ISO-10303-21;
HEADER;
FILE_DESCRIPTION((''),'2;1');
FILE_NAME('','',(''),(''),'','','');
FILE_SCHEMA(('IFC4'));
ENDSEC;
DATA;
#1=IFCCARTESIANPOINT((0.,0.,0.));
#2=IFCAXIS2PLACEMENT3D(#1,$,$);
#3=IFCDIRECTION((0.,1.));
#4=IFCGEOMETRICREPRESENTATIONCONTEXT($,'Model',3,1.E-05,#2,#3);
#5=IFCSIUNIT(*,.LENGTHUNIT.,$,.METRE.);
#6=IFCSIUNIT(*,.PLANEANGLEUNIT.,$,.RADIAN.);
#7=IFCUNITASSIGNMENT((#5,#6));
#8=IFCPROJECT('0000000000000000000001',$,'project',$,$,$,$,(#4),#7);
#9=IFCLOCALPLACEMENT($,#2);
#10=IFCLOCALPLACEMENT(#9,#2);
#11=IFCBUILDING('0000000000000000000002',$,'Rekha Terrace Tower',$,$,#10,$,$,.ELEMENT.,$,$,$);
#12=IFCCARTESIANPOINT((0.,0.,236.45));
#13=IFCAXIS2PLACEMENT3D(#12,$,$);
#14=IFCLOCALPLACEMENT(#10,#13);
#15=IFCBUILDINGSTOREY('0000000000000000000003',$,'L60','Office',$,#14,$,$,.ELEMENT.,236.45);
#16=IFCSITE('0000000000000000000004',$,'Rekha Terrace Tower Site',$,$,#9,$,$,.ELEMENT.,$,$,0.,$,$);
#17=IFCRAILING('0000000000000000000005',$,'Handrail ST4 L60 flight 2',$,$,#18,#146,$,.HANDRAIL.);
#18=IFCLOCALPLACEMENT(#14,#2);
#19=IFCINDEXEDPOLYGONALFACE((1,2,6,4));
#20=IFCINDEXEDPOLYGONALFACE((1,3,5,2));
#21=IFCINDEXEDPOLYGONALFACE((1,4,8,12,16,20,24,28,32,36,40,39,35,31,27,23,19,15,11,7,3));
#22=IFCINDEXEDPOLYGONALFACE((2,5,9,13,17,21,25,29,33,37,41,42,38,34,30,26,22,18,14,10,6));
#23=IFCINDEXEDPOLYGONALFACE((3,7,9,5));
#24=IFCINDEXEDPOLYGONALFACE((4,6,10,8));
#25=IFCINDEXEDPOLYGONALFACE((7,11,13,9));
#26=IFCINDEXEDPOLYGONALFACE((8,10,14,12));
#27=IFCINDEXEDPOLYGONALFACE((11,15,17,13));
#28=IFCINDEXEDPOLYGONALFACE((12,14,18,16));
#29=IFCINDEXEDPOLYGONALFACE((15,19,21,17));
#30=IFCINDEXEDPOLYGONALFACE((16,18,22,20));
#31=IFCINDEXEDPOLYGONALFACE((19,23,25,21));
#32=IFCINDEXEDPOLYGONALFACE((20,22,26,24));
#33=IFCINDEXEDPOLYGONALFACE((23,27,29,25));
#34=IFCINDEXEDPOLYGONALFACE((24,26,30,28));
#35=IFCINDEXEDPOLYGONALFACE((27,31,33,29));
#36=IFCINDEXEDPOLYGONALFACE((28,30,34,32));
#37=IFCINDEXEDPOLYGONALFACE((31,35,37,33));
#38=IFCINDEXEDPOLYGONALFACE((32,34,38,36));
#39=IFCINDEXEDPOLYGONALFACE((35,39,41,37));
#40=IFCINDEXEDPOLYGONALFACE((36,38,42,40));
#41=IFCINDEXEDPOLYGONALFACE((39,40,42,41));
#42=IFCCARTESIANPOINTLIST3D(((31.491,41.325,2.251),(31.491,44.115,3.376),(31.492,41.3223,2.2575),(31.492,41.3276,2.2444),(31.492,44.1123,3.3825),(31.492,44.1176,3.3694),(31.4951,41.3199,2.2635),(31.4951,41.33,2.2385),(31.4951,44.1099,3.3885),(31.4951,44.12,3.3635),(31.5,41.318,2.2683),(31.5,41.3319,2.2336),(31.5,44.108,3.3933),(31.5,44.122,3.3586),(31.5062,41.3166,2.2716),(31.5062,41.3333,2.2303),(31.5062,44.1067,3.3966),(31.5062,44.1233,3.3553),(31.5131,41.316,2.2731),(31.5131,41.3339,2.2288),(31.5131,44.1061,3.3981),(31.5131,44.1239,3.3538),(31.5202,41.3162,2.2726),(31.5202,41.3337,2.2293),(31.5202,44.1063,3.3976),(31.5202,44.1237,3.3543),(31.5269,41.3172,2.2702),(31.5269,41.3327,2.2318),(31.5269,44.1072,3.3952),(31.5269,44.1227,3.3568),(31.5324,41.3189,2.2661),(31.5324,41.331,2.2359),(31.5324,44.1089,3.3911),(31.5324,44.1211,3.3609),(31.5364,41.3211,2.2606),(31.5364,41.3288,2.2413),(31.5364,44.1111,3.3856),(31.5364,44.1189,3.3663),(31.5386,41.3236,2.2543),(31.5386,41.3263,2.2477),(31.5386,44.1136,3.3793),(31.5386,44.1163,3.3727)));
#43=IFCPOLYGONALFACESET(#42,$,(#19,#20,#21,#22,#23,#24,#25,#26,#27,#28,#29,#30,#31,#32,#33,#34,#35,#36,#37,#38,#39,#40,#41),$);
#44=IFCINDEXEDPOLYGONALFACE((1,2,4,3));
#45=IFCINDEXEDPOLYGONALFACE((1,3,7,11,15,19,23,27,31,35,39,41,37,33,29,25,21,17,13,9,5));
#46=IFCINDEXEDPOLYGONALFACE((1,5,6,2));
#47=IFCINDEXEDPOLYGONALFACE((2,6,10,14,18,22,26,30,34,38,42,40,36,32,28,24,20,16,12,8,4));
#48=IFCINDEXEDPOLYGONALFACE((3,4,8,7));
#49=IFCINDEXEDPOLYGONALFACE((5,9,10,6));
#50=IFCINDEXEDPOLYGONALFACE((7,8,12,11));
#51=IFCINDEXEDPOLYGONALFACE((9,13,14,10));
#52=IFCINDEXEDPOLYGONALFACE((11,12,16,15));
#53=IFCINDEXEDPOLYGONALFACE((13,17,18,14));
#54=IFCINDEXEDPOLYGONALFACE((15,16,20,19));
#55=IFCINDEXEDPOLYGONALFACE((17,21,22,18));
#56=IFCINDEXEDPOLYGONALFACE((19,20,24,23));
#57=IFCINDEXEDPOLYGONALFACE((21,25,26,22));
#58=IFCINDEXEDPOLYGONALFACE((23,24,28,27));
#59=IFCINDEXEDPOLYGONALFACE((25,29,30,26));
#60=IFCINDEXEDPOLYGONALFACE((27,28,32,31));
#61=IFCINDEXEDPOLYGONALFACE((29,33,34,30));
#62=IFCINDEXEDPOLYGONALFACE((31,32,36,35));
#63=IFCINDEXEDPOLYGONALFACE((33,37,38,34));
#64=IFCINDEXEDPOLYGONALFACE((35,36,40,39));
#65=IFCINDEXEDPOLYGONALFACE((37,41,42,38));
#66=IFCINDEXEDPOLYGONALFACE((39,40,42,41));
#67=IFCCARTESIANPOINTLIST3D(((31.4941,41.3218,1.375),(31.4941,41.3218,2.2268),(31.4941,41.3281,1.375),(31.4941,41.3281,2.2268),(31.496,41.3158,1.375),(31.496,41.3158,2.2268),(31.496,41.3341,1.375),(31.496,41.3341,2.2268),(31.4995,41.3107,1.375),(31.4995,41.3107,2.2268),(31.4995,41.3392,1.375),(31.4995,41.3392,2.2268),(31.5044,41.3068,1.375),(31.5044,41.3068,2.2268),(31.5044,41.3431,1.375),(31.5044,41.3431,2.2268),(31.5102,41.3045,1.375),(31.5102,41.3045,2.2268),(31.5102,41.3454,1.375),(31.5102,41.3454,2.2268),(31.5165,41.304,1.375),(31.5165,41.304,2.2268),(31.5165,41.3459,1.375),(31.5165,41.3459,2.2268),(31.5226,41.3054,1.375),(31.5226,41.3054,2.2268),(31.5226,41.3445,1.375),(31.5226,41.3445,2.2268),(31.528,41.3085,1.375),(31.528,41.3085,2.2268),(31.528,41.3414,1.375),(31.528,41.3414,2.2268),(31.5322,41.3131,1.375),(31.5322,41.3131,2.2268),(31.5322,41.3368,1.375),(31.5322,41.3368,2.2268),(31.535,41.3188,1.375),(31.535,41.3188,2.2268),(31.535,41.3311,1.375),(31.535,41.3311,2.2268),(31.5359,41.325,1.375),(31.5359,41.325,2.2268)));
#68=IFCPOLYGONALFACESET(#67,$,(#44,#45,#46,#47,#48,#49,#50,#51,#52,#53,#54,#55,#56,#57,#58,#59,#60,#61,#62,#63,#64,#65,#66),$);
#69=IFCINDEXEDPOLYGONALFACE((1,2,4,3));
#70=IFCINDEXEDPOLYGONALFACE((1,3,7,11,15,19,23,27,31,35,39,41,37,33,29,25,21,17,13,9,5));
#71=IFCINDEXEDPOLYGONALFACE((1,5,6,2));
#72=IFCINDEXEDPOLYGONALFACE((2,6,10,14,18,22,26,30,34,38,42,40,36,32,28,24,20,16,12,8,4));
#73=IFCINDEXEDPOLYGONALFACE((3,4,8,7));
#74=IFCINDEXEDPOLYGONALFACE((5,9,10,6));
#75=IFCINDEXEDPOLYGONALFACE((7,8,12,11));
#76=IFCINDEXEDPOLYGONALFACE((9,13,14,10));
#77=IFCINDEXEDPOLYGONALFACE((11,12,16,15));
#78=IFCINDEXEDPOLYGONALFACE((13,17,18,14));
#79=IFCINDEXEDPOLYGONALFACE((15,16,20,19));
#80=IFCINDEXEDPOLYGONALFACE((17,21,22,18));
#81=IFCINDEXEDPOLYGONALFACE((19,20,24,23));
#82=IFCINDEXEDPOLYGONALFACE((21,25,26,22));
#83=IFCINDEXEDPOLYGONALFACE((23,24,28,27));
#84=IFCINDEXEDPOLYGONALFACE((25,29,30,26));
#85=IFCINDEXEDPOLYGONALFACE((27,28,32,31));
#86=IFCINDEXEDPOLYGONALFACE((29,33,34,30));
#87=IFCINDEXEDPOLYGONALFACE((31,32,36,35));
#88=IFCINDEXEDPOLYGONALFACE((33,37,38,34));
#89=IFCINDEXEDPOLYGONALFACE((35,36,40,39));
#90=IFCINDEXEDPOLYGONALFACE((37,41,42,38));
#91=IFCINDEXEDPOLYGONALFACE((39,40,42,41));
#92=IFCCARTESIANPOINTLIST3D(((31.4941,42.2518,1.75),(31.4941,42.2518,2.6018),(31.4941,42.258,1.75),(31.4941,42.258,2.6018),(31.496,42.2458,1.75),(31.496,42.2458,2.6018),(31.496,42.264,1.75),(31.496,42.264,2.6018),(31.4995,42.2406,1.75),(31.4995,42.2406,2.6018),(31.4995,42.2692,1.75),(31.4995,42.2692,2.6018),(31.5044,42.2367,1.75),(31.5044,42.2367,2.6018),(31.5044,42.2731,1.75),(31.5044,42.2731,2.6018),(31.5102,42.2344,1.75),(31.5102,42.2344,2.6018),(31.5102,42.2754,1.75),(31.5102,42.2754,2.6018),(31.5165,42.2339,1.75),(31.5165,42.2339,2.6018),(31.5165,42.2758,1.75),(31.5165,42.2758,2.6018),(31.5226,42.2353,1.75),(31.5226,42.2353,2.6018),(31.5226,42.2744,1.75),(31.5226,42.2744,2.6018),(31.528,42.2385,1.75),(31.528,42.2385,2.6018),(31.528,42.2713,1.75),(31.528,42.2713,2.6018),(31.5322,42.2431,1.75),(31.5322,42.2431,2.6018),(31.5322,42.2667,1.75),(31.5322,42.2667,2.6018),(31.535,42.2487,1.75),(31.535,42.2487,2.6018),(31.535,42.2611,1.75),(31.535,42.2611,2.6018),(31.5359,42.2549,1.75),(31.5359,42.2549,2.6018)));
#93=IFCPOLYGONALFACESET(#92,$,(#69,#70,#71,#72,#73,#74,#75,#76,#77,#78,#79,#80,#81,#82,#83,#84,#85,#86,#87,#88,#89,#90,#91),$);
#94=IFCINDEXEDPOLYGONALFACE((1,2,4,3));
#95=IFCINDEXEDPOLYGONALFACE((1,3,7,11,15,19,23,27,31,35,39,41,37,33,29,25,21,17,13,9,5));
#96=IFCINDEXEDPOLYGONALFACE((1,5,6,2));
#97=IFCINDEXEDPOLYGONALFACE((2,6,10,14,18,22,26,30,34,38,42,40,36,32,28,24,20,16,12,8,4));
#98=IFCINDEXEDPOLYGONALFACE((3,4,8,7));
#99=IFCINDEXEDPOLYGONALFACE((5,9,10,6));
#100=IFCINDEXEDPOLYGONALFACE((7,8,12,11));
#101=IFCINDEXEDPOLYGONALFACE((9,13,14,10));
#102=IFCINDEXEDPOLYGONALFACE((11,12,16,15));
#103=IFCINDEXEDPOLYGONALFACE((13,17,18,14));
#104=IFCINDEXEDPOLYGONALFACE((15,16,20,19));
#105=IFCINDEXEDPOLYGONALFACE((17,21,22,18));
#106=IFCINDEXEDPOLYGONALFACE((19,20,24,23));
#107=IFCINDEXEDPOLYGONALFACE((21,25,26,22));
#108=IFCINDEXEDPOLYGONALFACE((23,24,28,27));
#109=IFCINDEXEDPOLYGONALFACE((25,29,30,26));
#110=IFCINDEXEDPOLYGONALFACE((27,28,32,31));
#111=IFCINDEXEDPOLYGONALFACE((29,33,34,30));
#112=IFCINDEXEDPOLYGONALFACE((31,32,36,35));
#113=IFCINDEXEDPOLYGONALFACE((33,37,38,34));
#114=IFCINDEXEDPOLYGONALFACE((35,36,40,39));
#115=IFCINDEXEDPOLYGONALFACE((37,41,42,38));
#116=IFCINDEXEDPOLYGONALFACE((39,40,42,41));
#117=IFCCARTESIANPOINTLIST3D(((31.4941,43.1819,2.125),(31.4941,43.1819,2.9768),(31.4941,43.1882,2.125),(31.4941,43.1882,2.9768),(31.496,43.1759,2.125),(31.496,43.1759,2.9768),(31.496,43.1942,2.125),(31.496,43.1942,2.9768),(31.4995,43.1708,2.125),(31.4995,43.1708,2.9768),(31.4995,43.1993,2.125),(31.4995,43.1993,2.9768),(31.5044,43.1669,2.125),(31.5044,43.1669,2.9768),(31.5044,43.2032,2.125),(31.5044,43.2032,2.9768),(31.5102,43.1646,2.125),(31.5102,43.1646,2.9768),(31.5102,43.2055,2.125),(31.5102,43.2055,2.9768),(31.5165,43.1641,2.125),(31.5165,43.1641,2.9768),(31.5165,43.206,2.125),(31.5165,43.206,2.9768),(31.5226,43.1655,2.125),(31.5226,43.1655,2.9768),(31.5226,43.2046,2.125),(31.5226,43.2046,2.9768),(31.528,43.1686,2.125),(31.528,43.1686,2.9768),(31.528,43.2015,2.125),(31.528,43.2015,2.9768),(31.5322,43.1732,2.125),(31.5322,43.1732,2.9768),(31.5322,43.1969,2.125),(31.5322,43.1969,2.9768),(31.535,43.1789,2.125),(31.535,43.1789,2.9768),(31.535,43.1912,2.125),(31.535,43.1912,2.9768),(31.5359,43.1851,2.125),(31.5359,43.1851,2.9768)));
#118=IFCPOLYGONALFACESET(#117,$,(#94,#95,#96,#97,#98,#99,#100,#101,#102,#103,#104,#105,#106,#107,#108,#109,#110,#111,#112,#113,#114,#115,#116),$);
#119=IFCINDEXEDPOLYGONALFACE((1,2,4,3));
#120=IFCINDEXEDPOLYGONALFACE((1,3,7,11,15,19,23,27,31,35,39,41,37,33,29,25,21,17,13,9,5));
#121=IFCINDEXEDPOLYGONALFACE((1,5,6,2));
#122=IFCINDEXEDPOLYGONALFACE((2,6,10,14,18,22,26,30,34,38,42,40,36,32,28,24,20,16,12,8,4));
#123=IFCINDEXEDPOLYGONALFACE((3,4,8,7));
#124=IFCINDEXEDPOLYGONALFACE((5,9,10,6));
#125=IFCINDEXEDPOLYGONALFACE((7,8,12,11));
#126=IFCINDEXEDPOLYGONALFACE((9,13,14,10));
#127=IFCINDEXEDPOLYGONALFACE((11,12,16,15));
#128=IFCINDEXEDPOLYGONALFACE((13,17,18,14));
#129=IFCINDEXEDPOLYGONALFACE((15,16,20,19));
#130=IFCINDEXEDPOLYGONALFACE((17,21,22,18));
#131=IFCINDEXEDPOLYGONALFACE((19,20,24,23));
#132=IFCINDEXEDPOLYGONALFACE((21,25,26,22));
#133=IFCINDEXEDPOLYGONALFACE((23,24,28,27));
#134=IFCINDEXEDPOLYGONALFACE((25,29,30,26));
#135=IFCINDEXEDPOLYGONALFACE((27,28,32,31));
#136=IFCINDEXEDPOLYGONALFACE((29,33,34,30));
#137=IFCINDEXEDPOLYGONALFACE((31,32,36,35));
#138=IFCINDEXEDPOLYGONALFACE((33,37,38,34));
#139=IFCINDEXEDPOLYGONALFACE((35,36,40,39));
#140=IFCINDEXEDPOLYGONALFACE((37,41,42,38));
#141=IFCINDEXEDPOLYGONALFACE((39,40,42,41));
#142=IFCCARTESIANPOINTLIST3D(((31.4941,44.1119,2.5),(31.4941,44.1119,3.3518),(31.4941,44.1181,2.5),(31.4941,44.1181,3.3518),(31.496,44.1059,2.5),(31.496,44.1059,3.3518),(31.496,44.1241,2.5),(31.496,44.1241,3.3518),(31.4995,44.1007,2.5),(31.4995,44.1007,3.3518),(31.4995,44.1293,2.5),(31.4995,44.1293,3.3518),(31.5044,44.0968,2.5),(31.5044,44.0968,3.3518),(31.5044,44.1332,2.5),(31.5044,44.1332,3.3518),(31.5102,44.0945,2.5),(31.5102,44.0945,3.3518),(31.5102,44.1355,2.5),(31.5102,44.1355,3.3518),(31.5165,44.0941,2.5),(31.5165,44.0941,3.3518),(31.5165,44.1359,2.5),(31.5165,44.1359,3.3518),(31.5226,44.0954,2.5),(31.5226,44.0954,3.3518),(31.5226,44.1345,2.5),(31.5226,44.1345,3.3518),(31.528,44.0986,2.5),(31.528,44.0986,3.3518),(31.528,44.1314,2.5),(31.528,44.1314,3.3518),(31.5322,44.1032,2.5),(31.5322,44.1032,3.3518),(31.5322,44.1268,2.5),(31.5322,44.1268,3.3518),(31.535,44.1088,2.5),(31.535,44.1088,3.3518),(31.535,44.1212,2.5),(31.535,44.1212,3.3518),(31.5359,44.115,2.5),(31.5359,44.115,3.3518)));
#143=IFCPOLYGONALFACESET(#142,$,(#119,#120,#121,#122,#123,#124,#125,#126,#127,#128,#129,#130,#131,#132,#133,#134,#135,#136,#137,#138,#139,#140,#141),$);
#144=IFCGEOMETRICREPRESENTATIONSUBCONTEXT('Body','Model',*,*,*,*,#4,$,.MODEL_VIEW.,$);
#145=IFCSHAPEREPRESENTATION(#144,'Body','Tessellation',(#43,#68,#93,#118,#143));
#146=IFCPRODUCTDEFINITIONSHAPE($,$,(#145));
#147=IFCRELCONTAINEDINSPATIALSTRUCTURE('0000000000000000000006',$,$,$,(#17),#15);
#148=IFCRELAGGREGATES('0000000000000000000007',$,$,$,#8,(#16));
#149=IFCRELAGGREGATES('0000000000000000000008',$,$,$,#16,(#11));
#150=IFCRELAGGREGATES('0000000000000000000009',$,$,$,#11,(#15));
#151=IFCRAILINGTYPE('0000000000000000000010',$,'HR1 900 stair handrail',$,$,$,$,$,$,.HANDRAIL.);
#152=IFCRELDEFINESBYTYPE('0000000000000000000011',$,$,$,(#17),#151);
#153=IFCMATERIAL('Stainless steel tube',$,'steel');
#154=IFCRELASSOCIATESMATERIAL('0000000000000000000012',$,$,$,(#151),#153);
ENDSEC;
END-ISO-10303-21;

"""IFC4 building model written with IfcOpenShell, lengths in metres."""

from ifc_helpers import new_model, si_unit, direction, frame, origin, origin_2d, place, context, subcontext, project, spatial, circle, extrude, material, type_object, element, save


model = new_model("IFC4")

# Units and contexts
model_context = context("Model", 3, precision=1e-05, world=origin(), true_north=direction((0.0, 1.0)))
body_context = subcontext(model_context, "Body", "Model", "MODEL_VIEW")
ifc_project = project(units=[si_unit("LENGTHUNIT", "METRE"), si_unit("PLANEANGLEUNIT", "RADIAN")], contexts=[model_context])

# Site, building, storey
site_placement = place(None, origin())
site = spatial("IfcSite", under=ifc_project, at=site_placement, Name="Rekha Terrace Tower Site", CompositionType="ELEMENT", RefElevation=0.0)
building_placement = place(site_placement, origin())
building = spatial("IfcBuilding", under=site, at=building_placement, Name="Rekha Terrace Tower", CompositionType="ELEMENT")
storey_placement = place(building_placement, frame((0.0, 0.0, 236.45)))
storey = spatial("IfcBuildingStorey", under=building, at=storey_placement, Name="L60", Description="Office", CompositionType="ELEMENT", Elevation=236.45)

# Railing
ifc_material_1 = material(Name="Stainless steel tube", Category="steel")
railing_type_1 = type_object("IfcRailingType", Name="HR1 900 stair handrail", PredefinedType="HANDRAIL", material=ifc_material_1)
railing_1_placement = place(storey_placement, frame((31.5149, 41.325, 1.375)))
element("IfcRailing", 1, at=railing_1_placement, inside=storey, type_object=railing_type_1, Name="Handrail ST4 L60 flight 2", PredefinedType="HANDRAIL", context=body_context, shape_type="SweptSolid", body=[
    extrude(circle(Radius=0.0239, at=origin_2d()), frame((0.0, 0.0, 0.876), z_axis=(0.0, 0.927443, 0.373964), x_axis=(-1.0, 0.0, 0.0)), (0.0, 0.0, 1.0), 3.0083),
    extrude(circle(Radius=0.021, at=origin_2d()), origin(), (0.0, 0.0, 1.0), 0.8518),
    extrude(circle(Radius=0.021, at=origin_2d()), frame((0.0, 0.9299, 0.375)), (0.0, 0.0, 1.0), 0.8518),
    extrude(circle(Radius=0.021, at=origin_2d()), frame((0.0, 1.8601, 0.75)), (0.0, 0.0, 1.0), 0.8518),
    extrude(circle(Radius=0.021, at=origin_2d()), frame((0.0, 2.79, 1.125)), (0.0, 0.0, 1.0), 0.8518),
])

save(model, "model.ifc")
